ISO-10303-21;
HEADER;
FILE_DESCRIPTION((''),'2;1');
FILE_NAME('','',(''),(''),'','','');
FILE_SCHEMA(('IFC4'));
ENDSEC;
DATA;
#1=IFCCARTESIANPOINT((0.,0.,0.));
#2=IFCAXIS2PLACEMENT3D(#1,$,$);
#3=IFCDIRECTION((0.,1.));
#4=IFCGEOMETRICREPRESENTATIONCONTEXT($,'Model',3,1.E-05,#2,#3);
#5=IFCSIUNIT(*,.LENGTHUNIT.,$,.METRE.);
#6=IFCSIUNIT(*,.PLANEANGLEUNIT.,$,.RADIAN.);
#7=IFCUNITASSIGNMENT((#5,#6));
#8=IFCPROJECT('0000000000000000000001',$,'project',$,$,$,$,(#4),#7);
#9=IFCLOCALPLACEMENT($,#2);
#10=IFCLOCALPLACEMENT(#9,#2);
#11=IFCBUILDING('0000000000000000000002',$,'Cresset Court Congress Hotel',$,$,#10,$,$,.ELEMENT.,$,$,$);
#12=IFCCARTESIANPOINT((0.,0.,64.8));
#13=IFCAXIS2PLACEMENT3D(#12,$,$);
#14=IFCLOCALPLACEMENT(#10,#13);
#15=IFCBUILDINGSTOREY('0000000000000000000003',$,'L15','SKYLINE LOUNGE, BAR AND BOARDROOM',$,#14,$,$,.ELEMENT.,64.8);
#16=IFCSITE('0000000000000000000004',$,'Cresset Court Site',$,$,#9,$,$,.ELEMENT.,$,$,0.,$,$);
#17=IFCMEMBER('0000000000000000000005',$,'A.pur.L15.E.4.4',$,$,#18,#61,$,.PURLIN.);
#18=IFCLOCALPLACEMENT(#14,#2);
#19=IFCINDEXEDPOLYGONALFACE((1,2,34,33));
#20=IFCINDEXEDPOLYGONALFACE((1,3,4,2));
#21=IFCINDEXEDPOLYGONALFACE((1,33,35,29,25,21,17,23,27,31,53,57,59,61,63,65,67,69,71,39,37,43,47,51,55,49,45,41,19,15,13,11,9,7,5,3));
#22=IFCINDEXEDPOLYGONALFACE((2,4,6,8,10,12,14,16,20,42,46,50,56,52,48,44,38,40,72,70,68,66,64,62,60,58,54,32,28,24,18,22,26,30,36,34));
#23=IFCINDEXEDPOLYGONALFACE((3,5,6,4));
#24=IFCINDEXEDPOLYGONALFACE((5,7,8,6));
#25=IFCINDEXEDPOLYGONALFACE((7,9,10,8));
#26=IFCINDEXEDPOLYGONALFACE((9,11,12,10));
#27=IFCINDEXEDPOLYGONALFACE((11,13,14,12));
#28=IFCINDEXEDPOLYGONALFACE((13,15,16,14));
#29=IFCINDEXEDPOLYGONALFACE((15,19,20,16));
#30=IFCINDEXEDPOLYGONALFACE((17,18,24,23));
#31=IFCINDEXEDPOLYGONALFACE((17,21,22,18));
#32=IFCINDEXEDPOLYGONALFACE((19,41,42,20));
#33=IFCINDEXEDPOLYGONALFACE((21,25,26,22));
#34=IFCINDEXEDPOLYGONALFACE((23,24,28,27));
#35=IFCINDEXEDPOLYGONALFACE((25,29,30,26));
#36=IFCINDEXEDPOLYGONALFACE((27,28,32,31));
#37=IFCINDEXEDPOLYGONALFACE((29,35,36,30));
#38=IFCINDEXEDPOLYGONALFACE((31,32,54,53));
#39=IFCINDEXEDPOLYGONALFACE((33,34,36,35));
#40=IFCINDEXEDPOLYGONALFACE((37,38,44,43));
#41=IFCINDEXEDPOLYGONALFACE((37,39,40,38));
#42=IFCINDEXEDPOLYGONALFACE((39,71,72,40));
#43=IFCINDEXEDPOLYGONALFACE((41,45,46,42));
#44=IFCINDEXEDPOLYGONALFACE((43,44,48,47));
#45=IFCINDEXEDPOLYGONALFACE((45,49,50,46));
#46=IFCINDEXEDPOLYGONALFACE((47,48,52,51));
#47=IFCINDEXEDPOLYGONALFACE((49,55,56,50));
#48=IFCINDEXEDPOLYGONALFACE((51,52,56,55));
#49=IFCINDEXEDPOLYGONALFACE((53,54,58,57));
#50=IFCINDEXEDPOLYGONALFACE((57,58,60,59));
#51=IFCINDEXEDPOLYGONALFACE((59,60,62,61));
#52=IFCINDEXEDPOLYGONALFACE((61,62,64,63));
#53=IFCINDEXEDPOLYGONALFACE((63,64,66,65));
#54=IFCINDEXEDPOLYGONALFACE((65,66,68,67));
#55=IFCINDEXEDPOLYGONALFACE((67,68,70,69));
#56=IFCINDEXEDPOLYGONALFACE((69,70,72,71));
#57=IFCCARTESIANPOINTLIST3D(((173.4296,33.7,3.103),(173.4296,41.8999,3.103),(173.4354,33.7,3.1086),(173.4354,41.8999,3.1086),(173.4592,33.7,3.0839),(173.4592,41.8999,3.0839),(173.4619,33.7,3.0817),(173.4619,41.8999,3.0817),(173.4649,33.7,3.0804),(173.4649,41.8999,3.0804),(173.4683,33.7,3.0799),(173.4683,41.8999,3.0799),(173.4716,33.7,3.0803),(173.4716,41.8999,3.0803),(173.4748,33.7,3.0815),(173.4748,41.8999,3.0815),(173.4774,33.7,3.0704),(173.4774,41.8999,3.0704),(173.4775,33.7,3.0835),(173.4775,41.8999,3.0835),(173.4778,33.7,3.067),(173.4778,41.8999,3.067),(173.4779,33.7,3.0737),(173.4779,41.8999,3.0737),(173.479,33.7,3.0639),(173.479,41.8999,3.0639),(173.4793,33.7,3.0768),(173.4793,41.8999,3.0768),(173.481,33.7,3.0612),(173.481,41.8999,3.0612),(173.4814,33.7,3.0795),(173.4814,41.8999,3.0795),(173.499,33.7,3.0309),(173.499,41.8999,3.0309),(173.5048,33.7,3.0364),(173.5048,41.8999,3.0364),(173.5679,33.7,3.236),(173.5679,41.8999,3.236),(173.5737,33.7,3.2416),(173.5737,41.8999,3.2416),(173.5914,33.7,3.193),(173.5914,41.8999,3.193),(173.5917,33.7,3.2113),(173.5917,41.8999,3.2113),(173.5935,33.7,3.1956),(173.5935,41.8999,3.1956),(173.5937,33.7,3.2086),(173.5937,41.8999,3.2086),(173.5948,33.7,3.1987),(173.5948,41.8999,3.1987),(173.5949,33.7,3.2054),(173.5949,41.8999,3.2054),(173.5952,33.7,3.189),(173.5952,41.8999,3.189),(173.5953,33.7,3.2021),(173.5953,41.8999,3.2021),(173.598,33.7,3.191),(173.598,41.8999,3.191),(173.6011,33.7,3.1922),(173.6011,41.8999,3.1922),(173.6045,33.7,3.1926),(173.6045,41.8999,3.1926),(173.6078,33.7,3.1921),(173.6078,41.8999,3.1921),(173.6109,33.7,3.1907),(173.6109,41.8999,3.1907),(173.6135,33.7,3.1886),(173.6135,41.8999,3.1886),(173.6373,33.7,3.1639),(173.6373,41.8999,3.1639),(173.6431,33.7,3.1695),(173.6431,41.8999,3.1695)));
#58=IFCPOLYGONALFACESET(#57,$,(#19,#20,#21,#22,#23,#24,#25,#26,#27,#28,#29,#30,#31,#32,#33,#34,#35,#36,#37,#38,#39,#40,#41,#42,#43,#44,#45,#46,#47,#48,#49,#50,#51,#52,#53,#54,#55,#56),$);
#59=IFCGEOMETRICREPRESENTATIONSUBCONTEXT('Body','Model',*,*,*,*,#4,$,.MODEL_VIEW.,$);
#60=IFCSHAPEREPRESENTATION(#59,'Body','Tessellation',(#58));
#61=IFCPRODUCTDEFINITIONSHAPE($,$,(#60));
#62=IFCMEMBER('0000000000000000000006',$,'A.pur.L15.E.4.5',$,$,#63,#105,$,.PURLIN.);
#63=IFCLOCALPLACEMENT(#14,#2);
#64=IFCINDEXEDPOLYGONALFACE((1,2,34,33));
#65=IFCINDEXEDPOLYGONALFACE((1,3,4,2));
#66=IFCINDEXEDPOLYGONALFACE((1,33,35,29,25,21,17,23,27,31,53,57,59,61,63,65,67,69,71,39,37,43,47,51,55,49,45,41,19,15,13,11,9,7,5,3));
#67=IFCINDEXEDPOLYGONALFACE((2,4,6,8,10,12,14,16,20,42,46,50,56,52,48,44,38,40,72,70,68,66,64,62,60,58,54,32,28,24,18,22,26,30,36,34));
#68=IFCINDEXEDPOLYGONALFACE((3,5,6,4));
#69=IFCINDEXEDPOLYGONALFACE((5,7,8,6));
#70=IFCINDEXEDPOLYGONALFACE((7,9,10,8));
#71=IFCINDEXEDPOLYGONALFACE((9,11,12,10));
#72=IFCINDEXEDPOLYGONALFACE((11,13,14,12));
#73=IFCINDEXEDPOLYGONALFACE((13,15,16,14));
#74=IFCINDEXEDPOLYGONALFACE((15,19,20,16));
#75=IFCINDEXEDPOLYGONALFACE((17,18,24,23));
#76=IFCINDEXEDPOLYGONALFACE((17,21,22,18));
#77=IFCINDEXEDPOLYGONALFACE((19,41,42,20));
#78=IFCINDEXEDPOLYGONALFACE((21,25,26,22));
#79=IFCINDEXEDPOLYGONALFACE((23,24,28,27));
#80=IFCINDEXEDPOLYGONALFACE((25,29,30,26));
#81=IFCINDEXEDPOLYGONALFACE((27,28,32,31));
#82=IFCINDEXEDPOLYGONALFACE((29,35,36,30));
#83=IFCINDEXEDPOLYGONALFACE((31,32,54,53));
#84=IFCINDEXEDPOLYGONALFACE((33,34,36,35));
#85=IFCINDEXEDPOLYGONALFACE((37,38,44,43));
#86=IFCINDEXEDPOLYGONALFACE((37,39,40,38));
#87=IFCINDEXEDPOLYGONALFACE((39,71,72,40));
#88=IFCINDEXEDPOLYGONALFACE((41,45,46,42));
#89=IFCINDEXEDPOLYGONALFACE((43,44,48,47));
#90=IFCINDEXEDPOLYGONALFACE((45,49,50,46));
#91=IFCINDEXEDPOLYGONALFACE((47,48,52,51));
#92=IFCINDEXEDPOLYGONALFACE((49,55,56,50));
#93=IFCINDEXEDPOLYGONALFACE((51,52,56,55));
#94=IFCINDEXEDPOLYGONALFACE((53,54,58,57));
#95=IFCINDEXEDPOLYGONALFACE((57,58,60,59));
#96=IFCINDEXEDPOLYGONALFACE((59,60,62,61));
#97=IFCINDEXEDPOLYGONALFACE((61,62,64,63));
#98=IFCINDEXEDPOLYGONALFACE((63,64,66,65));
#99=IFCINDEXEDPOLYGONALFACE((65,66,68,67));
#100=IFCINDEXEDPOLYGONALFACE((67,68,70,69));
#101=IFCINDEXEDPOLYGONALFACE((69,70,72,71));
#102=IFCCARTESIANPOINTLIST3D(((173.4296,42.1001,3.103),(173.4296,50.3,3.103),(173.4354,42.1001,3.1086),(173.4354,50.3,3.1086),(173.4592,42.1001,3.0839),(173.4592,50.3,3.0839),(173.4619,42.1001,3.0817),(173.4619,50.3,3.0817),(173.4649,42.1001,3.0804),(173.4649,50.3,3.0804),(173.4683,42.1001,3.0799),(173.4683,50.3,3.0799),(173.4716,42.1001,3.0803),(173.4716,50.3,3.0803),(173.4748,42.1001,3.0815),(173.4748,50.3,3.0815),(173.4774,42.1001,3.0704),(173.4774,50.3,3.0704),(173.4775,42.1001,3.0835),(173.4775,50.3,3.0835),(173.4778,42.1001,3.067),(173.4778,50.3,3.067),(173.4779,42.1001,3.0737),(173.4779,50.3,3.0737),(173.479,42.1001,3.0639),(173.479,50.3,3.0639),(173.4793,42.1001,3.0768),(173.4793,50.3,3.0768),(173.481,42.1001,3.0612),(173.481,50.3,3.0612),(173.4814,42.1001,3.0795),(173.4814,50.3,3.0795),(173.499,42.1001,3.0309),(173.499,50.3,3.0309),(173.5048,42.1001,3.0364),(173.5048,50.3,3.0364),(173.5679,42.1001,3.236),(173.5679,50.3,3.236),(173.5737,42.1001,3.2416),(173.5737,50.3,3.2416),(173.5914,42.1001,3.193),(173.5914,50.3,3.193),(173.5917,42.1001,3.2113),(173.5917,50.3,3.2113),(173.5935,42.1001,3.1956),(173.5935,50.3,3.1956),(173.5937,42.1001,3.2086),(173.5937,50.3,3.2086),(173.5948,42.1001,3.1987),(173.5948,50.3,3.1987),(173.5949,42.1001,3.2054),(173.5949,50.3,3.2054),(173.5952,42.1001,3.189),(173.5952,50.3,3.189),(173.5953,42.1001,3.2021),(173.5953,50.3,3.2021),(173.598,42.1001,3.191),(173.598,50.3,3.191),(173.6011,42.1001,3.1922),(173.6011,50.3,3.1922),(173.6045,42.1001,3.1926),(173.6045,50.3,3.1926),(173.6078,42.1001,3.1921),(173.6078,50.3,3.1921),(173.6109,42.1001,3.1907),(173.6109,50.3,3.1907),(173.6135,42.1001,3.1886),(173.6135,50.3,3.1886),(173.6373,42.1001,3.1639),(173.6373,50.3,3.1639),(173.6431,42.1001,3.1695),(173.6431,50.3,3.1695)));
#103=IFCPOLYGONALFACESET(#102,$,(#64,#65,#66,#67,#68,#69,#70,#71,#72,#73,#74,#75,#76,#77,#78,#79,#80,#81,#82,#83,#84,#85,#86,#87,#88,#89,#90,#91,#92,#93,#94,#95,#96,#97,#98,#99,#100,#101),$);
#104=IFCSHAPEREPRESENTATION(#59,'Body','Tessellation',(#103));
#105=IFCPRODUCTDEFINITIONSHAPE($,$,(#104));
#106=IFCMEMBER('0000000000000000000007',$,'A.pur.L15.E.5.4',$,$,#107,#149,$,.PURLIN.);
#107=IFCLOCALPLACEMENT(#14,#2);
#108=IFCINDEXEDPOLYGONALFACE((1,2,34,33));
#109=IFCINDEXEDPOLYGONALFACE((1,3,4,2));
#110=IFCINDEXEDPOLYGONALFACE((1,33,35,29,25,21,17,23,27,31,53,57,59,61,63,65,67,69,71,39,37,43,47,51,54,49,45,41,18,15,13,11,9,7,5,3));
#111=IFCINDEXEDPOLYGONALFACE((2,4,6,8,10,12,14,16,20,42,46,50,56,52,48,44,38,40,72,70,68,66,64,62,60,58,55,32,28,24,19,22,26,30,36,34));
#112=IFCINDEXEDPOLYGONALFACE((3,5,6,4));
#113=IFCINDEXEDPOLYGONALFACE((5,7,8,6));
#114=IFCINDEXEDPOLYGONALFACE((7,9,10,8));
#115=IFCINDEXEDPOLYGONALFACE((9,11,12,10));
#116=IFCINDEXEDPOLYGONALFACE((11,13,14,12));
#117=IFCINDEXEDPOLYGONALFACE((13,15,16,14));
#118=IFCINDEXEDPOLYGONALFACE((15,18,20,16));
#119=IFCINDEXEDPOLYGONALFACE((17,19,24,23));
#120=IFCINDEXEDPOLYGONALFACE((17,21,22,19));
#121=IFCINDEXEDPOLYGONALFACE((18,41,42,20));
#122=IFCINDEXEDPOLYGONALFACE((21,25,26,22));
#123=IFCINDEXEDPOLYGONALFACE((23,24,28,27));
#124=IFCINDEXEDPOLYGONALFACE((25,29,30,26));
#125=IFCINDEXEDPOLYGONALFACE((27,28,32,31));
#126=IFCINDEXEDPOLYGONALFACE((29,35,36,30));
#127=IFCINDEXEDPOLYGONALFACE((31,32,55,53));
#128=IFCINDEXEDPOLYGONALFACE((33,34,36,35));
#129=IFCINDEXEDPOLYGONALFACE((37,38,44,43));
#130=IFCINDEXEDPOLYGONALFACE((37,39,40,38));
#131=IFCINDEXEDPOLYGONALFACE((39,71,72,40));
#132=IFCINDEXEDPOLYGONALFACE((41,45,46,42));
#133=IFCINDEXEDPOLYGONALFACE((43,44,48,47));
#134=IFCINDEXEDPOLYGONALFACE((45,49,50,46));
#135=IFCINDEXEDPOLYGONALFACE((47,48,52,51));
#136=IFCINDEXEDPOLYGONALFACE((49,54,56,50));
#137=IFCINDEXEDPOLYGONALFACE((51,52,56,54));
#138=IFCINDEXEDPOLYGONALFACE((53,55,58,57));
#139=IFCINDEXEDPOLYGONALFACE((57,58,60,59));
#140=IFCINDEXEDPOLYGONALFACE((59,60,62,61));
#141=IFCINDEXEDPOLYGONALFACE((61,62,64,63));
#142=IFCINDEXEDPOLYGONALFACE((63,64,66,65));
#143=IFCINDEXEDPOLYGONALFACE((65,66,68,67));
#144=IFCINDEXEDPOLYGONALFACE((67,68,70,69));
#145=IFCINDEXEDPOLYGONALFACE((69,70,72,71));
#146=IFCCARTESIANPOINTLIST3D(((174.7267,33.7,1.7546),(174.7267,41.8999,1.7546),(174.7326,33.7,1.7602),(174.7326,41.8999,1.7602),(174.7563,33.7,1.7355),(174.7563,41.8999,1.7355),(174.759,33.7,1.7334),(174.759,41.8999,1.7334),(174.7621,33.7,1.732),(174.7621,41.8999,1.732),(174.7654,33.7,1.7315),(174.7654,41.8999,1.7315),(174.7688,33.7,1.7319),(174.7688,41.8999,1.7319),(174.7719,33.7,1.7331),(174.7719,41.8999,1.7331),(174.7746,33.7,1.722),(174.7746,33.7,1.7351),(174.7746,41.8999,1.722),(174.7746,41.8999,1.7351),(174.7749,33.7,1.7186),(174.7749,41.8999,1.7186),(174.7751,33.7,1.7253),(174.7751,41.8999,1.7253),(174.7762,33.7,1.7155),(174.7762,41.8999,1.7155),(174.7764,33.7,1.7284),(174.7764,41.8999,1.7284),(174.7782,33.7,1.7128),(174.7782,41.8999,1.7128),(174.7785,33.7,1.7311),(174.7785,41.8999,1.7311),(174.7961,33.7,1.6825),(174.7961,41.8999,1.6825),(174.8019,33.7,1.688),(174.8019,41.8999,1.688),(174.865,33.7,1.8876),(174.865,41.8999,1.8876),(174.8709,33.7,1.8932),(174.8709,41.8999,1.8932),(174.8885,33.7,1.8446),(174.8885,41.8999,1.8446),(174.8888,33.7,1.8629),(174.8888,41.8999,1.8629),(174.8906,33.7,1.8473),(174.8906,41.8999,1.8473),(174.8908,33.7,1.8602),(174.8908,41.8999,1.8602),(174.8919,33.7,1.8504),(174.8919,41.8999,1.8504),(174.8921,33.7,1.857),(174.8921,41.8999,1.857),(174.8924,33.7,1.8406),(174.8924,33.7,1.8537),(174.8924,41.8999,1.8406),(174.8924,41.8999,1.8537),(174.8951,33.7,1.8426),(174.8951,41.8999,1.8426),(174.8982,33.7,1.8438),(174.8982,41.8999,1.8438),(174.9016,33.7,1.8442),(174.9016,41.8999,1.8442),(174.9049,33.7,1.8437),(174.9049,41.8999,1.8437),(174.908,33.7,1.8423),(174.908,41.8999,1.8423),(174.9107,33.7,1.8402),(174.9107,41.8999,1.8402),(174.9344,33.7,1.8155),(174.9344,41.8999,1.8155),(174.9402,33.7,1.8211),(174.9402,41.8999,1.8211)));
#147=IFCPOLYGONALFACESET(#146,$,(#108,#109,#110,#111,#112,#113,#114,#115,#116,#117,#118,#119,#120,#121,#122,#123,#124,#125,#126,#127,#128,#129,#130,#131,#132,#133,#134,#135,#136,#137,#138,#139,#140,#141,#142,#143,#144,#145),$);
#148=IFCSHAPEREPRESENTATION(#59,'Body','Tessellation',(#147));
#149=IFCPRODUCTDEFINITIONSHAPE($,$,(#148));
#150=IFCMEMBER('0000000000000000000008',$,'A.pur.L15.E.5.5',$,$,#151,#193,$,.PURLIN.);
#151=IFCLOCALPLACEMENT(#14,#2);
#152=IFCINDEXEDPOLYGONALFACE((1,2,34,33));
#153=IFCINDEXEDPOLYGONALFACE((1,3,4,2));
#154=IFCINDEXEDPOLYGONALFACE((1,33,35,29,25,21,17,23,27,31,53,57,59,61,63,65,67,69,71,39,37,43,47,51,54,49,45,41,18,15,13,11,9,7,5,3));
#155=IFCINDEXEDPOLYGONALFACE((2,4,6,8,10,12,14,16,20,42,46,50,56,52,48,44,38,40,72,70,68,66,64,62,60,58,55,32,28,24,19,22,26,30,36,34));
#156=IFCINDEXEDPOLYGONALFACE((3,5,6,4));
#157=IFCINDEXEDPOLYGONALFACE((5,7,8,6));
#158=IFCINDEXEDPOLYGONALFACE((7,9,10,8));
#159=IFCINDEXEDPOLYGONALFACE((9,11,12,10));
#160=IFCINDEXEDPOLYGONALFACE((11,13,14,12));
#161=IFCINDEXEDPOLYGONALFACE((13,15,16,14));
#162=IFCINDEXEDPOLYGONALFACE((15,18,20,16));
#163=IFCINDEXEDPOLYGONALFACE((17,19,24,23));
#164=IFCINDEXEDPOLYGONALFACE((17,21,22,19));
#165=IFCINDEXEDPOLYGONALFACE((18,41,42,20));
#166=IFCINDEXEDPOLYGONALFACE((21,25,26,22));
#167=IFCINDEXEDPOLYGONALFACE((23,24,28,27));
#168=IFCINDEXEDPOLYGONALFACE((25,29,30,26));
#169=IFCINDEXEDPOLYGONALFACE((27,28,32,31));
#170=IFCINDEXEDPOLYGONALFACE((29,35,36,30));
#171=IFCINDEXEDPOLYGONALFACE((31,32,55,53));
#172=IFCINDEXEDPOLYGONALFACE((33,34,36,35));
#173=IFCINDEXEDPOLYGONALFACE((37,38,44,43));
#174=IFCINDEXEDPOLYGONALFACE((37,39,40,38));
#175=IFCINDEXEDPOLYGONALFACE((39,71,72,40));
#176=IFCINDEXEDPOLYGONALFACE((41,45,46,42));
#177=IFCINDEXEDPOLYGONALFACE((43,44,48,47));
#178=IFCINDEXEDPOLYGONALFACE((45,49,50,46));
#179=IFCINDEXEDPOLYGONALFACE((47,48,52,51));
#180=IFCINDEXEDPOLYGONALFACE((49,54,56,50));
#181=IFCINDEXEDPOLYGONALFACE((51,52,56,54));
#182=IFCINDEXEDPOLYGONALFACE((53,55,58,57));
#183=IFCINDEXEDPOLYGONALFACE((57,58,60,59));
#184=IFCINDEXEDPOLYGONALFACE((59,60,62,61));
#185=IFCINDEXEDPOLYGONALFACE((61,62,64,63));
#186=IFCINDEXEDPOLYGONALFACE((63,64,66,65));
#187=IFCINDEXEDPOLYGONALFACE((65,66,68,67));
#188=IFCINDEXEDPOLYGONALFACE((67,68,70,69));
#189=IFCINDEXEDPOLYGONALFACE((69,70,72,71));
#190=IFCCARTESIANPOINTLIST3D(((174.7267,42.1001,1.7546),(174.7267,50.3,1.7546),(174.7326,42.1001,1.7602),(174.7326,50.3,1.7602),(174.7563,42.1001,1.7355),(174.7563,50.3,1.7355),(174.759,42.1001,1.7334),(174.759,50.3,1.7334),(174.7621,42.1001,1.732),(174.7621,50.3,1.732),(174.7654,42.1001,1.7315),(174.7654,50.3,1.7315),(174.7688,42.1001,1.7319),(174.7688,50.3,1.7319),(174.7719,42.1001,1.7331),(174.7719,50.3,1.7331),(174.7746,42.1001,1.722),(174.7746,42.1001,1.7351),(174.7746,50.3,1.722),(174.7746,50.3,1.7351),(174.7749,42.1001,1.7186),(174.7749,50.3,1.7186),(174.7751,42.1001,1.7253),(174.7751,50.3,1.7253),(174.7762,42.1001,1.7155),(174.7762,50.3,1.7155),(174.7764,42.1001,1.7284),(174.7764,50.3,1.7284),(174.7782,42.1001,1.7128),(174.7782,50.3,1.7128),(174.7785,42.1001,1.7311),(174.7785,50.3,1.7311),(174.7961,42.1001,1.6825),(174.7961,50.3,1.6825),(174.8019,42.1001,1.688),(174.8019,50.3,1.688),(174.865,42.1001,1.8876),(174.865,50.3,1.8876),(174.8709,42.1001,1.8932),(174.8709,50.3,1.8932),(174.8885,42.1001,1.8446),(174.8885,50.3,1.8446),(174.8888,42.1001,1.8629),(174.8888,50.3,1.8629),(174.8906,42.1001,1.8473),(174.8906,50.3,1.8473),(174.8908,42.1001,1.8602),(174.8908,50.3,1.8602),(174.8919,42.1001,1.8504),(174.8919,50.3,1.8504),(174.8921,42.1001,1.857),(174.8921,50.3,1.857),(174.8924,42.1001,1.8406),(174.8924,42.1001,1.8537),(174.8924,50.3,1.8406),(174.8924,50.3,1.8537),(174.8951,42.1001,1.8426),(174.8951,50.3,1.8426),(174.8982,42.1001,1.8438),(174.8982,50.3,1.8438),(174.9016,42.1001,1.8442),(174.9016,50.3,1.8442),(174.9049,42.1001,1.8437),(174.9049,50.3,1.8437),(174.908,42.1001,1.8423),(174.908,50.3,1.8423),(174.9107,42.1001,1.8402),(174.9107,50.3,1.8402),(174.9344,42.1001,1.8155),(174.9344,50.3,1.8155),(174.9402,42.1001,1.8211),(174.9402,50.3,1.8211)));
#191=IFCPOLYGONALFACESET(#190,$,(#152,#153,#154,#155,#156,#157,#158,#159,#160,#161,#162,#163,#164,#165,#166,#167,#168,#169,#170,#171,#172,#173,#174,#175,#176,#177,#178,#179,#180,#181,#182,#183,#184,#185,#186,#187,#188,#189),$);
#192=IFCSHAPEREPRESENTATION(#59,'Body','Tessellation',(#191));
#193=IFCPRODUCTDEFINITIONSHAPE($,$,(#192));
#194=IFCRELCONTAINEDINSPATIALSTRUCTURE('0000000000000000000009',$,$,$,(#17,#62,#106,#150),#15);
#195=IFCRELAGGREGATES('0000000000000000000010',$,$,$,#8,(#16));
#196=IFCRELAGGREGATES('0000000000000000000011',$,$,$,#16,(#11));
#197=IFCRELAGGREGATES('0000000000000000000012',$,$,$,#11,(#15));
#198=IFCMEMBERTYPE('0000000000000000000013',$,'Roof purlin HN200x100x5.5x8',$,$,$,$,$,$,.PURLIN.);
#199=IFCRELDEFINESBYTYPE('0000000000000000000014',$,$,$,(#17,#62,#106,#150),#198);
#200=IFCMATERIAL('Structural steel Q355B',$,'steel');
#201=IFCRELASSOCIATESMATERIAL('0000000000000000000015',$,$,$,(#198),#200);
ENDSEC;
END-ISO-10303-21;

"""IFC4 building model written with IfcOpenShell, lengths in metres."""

from ifc_helpers import new_model, si_unit, direction, frame, origin, origin_2d, place, context, subcontext, project, spatial, i_section, extrude, material, material_profile, profile_set, type_object, element, save


model = new_model("IFC4")

# Units and contexts
model_context = context("Model", 3, precision=1e-05, world=origin(), true_north=direction((0.0, 1.0)))
body_context = subcontext(model_context, "Body", "Model", "MODEL_VIEW")
ifc_project = project(units=[si_unit("LENGTHUNIT", "METRE"), si_unit("PLANEANGLEUNIT", "RADIAN")], contexts=[model_context])

# Site, building, storey
site_placement = place(None, origin())
site = spatial("IfcSite", under=ifc_project, at=site_placement, Name="Cresset Court Site", CompositionType="ELEMENT", RefElevation=0.0)
building_placement = place(site_placement, origin())
building = spatial("IfcBuilding", under=site, at=building_placement, Name="Cresset Court Congress Hotel", CompositionType="ELEMENT")
storey_placement = place(building_placement, frame((0.0, 0.0, 64.8)))
storey = spatial("IfcBuildingStorey", under=building, at=storey_placement, Name="L15", Description="SKYLINE LOUNGE, BAR AND BOARDROOM", CompositionType="ELEMENT", Elevation=64.8)

# Members
ifc_material_1 = material(Name="Structural steel Q355B", Category="steel")
ifc_material_profile_1 = material_profile(ifc_material_1, i_section(OverallWidth=0.1001, OverallDepth=0.2, WebThickness=0.0056, FlangeThickness=0.0081, FilletRadius=0.0129, at=origin_2d()), Name="HN200x100x5.5x8")
ifc_profile_set_1 = profile_set([ifc_material_profile_1], Name="Structural steel Q355B")
member_type_1 = type_object("IfcMemberType", Name="Roof purlin HN200x100x5.5x8", PredefinedType="PURLIN", material=ifc_profile_set_1)
for number, where, z_axis, x_axis, name in (
    (1, (173.5364, 33.7, 3.1362), (0.0, 1.0, 0.0), (-0.693246, 0.0, 0.720701), "A.pur.L15.E.4.4"),
    (2, (173.5364, 42.1001, 3.1362), (0.0, 1.0, 0.0), (-0.693246, 0.0, 0.720701), "A.pur.L15.E.4.5"),
    (3, (174.8335, 33.7, 1.7878), (0.0, 1.0, 0.0), (-0.693246, 0.0, 0.720701), "A.pur.L15.E.5.4"),
    (4, (174.8335, 42.1001, 1.7878), (0.0, 1.0, 0.0), (-0.693246, 0.0, 0.720701), "A.pur.L15.E.5.5"),
):
    element("IfcMember", number, at=place(storey_placement, frame(where, z_axis=z_axis, x_axis=x_axis)), inside=storey, type_object=member_type_1, Name=name, PredefinedType="PURLIN", context=body_context, shape_type="SweptSolid", body=[
        extrude(i_section(OverallWidth=0.1001, OverallDepth=0.2, WebThickness=0.0056, FlangeThickness=0.0081, FilletRadius=0.0129, at=origin_2d()), origin(), (0.0, 0.0, 1.0), 8.2),
    ])

save(model, "model.ifc")
